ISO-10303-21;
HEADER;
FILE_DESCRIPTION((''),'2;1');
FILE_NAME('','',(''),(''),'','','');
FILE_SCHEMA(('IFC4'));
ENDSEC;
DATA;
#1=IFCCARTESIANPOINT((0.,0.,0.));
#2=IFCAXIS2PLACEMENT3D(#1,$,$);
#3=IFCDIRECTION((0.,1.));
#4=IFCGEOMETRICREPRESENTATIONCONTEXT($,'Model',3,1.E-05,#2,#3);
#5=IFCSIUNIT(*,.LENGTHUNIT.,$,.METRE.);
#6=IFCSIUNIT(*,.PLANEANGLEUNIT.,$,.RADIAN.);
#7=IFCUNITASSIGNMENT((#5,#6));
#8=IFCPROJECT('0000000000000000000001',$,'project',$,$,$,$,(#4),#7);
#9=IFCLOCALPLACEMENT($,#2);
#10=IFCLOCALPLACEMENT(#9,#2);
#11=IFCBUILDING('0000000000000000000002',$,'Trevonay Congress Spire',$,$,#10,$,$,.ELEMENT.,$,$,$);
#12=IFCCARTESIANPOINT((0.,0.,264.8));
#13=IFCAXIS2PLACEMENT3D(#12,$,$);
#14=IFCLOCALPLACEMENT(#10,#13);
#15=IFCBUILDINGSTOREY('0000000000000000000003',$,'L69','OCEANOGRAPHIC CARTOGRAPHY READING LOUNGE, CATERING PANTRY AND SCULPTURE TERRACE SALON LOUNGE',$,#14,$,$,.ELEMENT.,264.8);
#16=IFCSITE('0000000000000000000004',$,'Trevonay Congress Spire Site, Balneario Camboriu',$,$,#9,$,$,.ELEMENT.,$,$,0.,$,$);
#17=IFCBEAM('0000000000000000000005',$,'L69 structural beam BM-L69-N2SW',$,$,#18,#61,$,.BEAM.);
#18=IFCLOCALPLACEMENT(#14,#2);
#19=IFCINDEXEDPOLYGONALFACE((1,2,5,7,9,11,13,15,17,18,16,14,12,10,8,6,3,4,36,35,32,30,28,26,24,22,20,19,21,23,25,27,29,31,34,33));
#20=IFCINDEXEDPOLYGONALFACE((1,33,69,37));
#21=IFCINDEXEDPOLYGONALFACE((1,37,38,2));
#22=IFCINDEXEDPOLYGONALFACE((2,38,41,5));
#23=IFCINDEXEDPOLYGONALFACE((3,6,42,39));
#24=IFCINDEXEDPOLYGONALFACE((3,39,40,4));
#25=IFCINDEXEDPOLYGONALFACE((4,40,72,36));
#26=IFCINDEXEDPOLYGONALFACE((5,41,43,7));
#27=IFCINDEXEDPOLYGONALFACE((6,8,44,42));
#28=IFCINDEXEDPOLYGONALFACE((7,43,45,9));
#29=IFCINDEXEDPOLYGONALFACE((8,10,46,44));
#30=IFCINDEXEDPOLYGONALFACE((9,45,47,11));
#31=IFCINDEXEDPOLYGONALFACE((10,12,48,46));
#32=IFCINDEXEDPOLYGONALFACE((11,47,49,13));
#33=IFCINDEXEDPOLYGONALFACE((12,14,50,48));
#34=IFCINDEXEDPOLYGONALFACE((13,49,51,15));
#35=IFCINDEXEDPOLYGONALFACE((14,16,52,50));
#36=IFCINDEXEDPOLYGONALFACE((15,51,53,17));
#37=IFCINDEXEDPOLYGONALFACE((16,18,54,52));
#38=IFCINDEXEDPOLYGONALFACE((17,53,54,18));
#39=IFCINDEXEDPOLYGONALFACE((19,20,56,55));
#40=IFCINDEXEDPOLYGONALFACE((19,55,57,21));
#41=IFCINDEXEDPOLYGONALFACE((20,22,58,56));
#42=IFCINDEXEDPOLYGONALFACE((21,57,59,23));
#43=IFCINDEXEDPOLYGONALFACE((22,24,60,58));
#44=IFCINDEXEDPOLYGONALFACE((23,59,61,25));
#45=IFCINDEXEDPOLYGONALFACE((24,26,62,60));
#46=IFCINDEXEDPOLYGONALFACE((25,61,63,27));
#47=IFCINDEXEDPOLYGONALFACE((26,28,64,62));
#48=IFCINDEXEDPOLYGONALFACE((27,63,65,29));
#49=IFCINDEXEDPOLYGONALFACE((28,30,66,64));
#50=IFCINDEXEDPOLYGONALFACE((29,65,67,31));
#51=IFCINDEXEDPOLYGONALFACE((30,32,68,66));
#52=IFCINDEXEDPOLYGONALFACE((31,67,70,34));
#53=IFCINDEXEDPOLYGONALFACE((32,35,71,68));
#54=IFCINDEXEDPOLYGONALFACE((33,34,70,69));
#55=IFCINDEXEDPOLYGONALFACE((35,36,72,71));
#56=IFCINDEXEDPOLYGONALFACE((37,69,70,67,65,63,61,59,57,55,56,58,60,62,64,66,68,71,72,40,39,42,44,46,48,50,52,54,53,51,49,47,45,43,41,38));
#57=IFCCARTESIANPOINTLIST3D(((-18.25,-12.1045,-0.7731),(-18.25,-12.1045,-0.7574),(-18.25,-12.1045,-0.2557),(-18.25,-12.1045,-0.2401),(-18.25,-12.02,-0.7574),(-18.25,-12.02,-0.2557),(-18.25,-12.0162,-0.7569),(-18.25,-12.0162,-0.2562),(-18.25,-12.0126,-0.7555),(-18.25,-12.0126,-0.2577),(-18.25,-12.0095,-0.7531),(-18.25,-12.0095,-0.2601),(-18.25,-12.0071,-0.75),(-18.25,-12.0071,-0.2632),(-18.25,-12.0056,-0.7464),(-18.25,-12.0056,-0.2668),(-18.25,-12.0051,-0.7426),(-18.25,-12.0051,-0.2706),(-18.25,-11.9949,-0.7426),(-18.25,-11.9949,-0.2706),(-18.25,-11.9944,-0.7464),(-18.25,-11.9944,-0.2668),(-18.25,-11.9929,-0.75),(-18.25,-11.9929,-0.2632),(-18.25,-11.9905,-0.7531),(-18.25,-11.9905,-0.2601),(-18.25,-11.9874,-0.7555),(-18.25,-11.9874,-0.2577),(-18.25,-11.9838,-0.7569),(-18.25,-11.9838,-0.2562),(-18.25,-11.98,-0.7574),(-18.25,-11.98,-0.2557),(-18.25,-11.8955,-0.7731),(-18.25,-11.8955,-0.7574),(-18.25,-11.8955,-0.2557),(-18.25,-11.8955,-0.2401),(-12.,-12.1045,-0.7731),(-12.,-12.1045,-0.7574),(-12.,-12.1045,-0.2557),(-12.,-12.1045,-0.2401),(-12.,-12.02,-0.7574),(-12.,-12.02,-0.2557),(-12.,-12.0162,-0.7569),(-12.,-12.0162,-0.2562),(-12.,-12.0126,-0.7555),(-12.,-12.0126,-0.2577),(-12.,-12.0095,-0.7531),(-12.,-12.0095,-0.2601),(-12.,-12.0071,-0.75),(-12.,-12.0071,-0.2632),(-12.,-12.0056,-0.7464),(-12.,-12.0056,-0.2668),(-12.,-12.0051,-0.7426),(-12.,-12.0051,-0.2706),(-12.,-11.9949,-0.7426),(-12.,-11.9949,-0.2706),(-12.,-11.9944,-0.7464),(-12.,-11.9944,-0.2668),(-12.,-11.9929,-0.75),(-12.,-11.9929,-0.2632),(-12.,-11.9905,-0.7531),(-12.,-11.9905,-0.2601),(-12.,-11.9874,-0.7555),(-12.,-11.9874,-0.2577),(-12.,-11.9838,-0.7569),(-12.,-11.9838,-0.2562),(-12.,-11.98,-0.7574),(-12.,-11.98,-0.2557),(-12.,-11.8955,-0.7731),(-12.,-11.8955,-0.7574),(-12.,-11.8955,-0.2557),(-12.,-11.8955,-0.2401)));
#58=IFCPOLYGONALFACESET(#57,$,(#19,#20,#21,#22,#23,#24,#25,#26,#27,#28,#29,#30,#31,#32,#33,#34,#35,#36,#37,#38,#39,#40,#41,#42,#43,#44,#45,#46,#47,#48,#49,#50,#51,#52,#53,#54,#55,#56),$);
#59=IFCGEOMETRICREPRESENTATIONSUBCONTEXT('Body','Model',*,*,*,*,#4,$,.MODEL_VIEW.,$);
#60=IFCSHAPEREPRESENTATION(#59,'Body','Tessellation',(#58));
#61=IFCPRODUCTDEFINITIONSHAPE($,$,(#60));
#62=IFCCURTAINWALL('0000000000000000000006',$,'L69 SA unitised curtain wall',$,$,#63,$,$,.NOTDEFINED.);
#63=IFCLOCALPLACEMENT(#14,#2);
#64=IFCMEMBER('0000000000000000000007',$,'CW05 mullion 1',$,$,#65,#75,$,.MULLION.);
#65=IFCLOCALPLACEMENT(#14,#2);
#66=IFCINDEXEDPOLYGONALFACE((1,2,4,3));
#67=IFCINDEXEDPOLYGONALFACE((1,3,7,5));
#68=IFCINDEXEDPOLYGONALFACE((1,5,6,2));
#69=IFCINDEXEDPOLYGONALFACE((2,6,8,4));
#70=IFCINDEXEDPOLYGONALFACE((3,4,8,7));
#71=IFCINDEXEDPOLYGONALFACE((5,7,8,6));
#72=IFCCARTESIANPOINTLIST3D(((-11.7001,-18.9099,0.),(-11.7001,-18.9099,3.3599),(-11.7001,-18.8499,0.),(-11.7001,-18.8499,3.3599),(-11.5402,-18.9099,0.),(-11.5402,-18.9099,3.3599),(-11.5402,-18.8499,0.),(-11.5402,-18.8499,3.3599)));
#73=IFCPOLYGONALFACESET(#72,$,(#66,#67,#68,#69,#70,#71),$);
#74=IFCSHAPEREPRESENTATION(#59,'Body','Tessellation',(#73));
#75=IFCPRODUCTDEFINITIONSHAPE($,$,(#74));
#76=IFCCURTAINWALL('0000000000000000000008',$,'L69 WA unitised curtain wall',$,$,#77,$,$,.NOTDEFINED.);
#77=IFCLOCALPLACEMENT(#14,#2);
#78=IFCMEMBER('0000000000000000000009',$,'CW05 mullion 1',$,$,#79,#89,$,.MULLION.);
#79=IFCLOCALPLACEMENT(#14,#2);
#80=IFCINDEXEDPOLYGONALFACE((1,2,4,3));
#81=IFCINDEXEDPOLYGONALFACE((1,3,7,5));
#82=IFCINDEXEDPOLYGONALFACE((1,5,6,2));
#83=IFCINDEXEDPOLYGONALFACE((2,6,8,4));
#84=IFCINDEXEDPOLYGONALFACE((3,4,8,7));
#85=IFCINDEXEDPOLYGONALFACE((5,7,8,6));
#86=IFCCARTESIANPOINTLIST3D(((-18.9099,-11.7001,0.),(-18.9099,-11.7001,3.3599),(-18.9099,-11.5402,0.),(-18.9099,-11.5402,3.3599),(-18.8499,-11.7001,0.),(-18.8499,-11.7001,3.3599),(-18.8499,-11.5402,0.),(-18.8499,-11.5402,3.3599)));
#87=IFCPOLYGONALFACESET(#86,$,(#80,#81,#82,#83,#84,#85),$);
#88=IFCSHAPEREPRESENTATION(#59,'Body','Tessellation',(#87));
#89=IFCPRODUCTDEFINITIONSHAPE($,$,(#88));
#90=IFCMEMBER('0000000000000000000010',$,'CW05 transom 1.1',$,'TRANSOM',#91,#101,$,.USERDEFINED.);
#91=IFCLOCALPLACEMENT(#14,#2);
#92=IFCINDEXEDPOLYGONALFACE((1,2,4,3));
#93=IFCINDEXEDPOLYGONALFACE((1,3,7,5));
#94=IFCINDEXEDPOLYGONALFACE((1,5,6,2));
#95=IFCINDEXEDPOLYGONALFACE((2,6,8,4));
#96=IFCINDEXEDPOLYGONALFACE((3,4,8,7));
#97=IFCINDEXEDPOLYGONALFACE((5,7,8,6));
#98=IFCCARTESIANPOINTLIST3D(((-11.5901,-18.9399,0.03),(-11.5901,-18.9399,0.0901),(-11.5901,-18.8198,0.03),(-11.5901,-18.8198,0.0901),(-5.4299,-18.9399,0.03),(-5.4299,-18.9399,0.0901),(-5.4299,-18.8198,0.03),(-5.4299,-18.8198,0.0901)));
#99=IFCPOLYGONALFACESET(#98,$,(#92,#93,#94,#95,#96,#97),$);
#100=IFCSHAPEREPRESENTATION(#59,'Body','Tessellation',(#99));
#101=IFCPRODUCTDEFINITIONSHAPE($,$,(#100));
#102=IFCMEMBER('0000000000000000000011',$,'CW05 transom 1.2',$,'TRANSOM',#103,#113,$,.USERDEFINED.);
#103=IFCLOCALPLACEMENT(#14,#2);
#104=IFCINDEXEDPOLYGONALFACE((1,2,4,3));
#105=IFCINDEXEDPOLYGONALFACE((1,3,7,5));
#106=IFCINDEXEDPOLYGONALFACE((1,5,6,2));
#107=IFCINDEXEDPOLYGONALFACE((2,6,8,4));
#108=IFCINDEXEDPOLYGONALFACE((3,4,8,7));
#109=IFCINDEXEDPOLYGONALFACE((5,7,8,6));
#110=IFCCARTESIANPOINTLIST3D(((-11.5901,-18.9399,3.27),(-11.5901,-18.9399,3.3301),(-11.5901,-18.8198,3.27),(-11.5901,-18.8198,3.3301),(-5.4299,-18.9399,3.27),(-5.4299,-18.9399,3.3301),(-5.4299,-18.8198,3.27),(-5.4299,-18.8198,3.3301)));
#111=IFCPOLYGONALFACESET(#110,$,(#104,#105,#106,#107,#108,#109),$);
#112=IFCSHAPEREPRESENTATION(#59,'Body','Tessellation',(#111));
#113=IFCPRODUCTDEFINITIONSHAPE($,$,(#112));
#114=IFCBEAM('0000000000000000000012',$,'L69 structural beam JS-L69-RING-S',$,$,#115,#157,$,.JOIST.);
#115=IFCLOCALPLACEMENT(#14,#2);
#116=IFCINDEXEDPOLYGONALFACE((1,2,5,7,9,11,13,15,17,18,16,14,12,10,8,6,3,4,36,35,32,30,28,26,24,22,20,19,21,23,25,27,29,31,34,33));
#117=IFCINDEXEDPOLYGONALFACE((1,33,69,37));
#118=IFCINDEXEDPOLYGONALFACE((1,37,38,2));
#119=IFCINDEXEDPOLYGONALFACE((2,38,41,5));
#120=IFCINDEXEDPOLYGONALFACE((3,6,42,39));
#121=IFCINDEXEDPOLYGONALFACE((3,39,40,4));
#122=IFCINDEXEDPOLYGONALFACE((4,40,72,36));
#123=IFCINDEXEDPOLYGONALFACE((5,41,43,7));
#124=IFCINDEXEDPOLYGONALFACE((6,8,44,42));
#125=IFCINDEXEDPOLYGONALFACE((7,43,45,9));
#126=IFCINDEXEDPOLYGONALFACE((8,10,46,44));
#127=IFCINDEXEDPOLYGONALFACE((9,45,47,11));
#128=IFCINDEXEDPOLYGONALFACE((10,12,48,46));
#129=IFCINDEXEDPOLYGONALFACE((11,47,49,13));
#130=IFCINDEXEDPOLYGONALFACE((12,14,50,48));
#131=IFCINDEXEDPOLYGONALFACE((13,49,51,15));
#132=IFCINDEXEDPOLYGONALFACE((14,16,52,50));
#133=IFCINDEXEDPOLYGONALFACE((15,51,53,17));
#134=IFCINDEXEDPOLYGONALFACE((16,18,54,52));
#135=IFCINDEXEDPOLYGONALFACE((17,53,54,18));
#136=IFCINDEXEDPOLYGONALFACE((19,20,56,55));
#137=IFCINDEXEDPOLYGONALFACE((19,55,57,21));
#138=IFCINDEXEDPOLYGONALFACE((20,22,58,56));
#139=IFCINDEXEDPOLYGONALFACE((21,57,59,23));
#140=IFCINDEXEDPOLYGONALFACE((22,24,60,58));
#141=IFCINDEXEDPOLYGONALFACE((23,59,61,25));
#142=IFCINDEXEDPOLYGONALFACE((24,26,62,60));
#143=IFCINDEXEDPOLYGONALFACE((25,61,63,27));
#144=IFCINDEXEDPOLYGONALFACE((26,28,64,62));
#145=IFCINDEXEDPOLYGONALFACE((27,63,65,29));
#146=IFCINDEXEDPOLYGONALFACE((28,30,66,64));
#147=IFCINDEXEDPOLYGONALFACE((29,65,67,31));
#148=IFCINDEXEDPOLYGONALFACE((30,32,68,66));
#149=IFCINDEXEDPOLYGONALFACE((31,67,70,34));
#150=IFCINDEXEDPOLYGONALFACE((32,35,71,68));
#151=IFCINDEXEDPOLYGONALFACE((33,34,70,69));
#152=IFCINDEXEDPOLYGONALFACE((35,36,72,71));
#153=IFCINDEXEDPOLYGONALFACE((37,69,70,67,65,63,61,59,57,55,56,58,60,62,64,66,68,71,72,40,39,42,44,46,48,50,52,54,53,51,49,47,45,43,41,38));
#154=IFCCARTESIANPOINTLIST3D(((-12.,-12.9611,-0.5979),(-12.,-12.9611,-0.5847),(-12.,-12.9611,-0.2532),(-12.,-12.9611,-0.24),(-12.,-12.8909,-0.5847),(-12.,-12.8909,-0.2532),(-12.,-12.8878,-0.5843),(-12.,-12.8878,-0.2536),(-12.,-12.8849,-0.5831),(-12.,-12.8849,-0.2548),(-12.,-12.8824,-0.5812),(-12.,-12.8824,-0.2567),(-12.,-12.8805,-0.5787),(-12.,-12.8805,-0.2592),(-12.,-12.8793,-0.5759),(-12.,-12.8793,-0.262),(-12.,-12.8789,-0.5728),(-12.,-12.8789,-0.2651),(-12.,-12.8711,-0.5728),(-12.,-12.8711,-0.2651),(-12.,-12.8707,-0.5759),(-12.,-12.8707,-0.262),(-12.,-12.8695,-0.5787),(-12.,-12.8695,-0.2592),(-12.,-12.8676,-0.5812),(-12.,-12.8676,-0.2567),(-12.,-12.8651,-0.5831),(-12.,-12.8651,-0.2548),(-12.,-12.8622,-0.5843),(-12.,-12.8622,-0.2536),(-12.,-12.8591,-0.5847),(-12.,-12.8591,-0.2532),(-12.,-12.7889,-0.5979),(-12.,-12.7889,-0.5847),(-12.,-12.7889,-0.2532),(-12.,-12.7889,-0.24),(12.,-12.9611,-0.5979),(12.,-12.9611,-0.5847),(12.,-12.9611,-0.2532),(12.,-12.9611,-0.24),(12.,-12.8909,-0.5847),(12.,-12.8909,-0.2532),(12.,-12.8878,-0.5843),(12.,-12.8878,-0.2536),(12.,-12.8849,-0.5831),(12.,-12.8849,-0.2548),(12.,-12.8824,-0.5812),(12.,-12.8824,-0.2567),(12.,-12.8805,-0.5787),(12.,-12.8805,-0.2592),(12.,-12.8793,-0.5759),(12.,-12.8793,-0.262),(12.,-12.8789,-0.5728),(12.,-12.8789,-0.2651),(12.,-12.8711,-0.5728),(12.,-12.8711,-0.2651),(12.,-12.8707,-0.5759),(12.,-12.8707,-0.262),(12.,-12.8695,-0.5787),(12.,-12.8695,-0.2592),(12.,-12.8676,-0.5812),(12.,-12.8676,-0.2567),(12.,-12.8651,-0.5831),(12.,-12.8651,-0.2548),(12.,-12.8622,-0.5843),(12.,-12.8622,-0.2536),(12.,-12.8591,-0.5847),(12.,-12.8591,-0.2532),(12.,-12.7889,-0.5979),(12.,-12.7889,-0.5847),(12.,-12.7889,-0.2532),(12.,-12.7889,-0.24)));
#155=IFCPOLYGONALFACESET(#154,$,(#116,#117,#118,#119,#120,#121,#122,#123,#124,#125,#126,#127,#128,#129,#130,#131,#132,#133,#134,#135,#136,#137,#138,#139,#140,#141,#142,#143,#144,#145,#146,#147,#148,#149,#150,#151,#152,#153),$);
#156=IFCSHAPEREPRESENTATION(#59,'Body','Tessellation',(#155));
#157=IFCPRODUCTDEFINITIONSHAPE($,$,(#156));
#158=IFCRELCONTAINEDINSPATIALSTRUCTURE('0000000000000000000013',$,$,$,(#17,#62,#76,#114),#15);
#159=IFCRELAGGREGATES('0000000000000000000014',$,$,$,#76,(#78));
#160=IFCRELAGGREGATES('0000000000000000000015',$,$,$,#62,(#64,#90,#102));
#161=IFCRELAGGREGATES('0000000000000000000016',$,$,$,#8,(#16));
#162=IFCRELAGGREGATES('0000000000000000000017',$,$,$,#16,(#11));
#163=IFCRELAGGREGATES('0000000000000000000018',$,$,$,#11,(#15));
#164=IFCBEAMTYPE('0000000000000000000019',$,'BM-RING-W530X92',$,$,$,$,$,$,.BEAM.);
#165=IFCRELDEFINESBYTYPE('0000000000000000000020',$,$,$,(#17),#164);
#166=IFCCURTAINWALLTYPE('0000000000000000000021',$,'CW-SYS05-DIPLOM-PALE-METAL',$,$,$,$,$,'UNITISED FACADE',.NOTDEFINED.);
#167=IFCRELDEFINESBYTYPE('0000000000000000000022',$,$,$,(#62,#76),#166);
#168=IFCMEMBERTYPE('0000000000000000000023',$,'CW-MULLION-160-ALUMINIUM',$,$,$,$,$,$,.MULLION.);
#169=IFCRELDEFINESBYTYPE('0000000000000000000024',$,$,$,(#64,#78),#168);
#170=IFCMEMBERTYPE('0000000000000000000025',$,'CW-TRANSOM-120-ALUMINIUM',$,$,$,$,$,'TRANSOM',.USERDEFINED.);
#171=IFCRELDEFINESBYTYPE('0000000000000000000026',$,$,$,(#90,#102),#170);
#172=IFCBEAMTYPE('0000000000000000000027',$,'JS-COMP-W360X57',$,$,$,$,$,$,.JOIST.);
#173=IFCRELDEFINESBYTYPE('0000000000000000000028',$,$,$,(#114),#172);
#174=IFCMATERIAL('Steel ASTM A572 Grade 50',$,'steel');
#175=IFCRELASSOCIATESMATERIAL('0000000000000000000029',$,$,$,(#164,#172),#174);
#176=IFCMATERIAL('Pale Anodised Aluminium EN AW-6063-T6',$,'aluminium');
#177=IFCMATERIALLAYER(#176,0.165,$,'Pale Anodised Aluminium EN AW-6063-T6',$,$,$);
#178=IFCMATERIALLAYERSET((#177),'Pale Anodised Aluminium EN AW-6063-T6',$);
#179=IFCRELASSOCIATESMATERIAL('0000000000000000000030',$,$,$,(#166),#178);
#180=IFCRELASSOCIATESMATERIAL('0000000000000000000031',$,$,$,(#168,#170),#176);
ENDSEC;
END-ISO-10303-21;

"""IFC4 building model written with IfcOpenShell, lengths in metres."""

from ifc_helpers import new_model, si_unit, direction, frame, origin, origin_2d, place, context, subcontext, project, spatial, rectangle, i_section, extrude, material, layer, layer_set, material_profile, profile_set, type_object, element, aggregate, save


model = new_model("IFC4")

# Units and contexts
model_context = context("Model", 3, precision=1e-05, world=origin(), true_north=direction((0.0, 1.0)))
body_context = subcontext(model_context, "Body", "Model", "MODEL_VIEW")
ifc_project = project(units=[si_unit("LENGTHUNIT", "METRE"), si_unit("PLANEANGLEUNIT", "RADIAN")], contexts=[model_context])

# Site, building, storey
site_placement = place(None, origin())
site = spatial("IfcSite", under=ifc_project, at=site_placement, Name="Trevonay Congress Spire Site, Balneario Camboriu", CompositionType="ELEMENT", RefElevation=0.0)
building_placement = place(site_placement, origin())
building = spatial("IfcBuilding", under=site, at=building_placement, Name="Trevonay Congress Spire", CompositionType="ELEMENT")
storey_placement = place(building_placement, frame((0.0, 0.0, 264.8)))
storey = spatial("IfcBuildingStorey", under=building, at=storey_placement, Name="L69", Description="OCEANOGRAPHIC CARTOGRAPHY READING LOUNGE, CATERING PANTRY AND SCULPTURE TERRACE SALON LOUNGE", CompositionType="ELEMENT", Elevation=264.8)

# Shared definitions
ifc_material_1 = material(Name="Steel ASTM A572 Grade 50", Category="steel")

# Beam
ifc_material_profile_1 = material_profile(ifc_material_1, i_section(OverallWidth=0.209, OverallDepth=0.533, WebThickness=0.0103, FlangeThickness=0.0156, FilletRadius=0.0149, at=origin_2d()), Name="W530x92")
ifc_profile_set_1 = profile_set([ifc_material_profile_1], Name="Steel ASTM A572 Grade 50")
beam_type_1 = type_object("IfcBeamType", Name="BM-RING-W530X92", PredefinedType="BEAM", material=ifc_profile_set_1)
for number, where, z_axis, x_axis, name in (
    (1, (-18.25, -12.0, -0.5066), (1.0, 0.0, 0.0), (0.0, 1.0, 0.0), "L69 structural beam BM-L69-N2SW"),
):
    element("IfcBeam", number, at=place(storey_placement, frame(where, z_axis=z_axis, x_axis=x_axis)), inside=storey, type_object=beam_type_1, Name=name, PredefinedType="BEAM", context=body_context, shape_type="SweptSolid", body=[
        extrude(i_section(OverallWidth=0.209, OverallDepth=0.533, WebThickness=0.0103, FlangeThickness=0.0156, FilletRadius=0.0149, at=origin_2d()), origin(), (0.0, 0.0, 1.0), 6.25),
    ])

# Curtain walls, members
ifc_material_2 = material(Name="Pale Anodised Aluminium EN AW-6063-T6", Category="aluminium")
ifc_layer_1 = layer(ifc_material_2, 0.165, Name="Pale Anodised Aluminium EN AW-6063-T6")
ifc_layer_set_1 = layer_set([ifc_layer_1], Name="Pale Anodised Aluminium EN AW-6063-T6")
curtain_wall_type = type_object("IfcCurtainWallType", Name="CW-SYS05-DIPLOM-PALE-METAL", ElementType="UNITISED FACADE", PredefinedType="NOTDEFINED", material=ifc_layer_set_1)
curtain_wall_1_placement = place(storey_placement, origin())
curtain_wall_1 = element("IfcCurtainWall", 2, at=curtain_wall_1_placement, inside=storey, type_object=curtain_wall_type, Name="L69 SA unitised curtain wall", PredefinedType="NOTDEFINED")
ifc_material_profile_2 = material_profile(ifc_material_2, rectangle(XDim=0.0601, YDim=0.1599, at=origin_2d()), Name="CW-MULLION-160-ALUMINIUM")
ifc_profile_set_2 = profile_set([ifc_material_profile_2], Name="Pale Anodised Aluminium EN AW-6063-T6")
member_type_1 = type_object("IfcMemberType", Name="CW-MULLION-160-ALUMINIUM", PredefinedType="MULLION", material=ifc_profile_set_2)
member_1_placement = place(storey_placement, frame((-11.6201, -18.8799, 0.0), z_axis=(0.0, 0.0, 1.0), x_axis=(0.0, 1.0, 0.0)))
member_1 = element("IfcMember", 3, at=member_1_placement, type_object=member_type_1, Name="CW05 mullion 1", PredefinedType="MULLION", context=body_context, shape_type="SweptSolid", body=[
    extrude(rectangle(XDim=0.0601, YDim=0.1599, at=origin_2d()), origin(), (0.0, 0.0, 1.0), 3.3599),
])
curtain_wall_2_placement = place(storey_placement, origin())
curtain_wall_2 = element("IfcCurtainWall", 4, at=curtain_wall_2_placement, inside=storey, type_object=curtain_wall_type, Name="L69 WA unitised curtain wall", PredefinedType="NOTDEFINED")
member_2_placement = place(storey_placement, frame((-18.8799, -11.6201, 0.0), z_axis=(0.0, 0.0, 1.0), x_axis=(-1.0, 0.0, 0.0)))
member_2 = element("IfcMember", 5, at=member_2_placement, type_object=member_type_1, Name="CW05 mullion 1", PredefinedType="MULLION", context=body_context, shape_type="SweptSolid", body=[
    extrude(rectangle(XDim=0.0601, YDim=0.1599, at=origin_2d()), origin(), (0.0, 0.0, 1.0), 3.3599),
])
aggregate(curtain_wall_2, [member_2])

# Members
ifc_material_profile_3 = material_profile(ifc_material_2, rectangle(XDim=0.1201, YDim=0.0601, at=origin_2d()), Name="CW-TRANSOM-120-ALUMINIUM")
ifc_profile_set_3 = profile_set([ifc_material_profile_3], Name="Pale Anodised Aluminium EN AW-6063-T6")
member_type_2 = type_object("IfcMemberType", Name="CW-TRANSOM-120-ALUMINIUM", ElementType="TRANSOM", PredefinedType="USERDEFINED", material=ifc_profile_set_3)
member_3_placement = place(storey_placement, frame((-11.5901, -18.8799, 0.0601), z_axis=(1.0, 0.0, 0.0), x_axis=(0.0, 1.0, 0.0)))
member_3 = element("IfcMember", 6, at=member_3_placement, type_object=member_type_2, Name="CW05 transom 1.1", ObjectType="TRANSOM", PredefinedType="USERDEFINED", context=body_context, shape_type="SweptSolid", body=[
    extrude(rectangle(XDim=0.1201, YDim=0.0601, at=origin_2d()), origin(), (0.0, 0.0, 1.0), 6.1602),
])
member_4_placement = place(storey_placement, frame((-11.5901, -18.8799, 3.3), z_axis=(1.0, 0.0, 0.0), x_axis=(0.0, 1.0, 0.0)))
member_4 = element("IfcMember", 7, at=member_4_placement, type_object=member_type_2, Name="CW05 transom 1.2", ObjectType="TRANSOM", PredefinedType="USERDEFINED", context=body_context, shape_type="SweptSolid", body=[
    extrude(rectangle(XDim=0.1201, YDim=0.0601, at=origin_2d()), origin(), (0.0, 0.0, 1.0), 6.1602),
])
aggregate(curtain_wall_1, [member_1, member_3, member_4])

# Beam
ifc_material_profile_4 = material_profile(ifc_material_1, i_section(OverallWidth=0.1721, OverallDepth=0.3579, WebThickness=0.0078, FlangeThickness=0.0132, FilletRadius=0.012, at=origin_2d()), Name="W360x57.8")
ifc_profile_set_4 = profile_set([ifc_material_profile_4], Name="Steel ASTM A572 Grade 50")
beam_type_2 = type_object("IfcBeamType", Name="JS-COMP-W360X57", PredefinedType="JOIST", material=ifc_profile_set_4)
for number, where, z_axis, x_axis, name in (
    (8, (-12.0, -12.875, -0.4189), (1.0, 0.0, 0.0), (0.0, 1.0, 0.0), "L69 structural beam JS-L69-RING-S"),
):
    element("IfcBeam", number, at=place(storey_placement, frame(where, z_axis=z_axis, x_axis=x_axis)), inside=storey, type_object=beam_type_2, Name=name, PredefinedType="JOIST", context=body_context, shape_type="SweptSolid", body=[
        extrude(i_section(OverallWidth=0.1721, OverallDepth=0.3579, WebThickness=0.0078, FlangeThickness=0.0132, FilletRadius=0.012, at=origin_2d()), origin(), (0.0, 0.0, 1.0), 24.0),
    ])

save(model, "model.ifc")
